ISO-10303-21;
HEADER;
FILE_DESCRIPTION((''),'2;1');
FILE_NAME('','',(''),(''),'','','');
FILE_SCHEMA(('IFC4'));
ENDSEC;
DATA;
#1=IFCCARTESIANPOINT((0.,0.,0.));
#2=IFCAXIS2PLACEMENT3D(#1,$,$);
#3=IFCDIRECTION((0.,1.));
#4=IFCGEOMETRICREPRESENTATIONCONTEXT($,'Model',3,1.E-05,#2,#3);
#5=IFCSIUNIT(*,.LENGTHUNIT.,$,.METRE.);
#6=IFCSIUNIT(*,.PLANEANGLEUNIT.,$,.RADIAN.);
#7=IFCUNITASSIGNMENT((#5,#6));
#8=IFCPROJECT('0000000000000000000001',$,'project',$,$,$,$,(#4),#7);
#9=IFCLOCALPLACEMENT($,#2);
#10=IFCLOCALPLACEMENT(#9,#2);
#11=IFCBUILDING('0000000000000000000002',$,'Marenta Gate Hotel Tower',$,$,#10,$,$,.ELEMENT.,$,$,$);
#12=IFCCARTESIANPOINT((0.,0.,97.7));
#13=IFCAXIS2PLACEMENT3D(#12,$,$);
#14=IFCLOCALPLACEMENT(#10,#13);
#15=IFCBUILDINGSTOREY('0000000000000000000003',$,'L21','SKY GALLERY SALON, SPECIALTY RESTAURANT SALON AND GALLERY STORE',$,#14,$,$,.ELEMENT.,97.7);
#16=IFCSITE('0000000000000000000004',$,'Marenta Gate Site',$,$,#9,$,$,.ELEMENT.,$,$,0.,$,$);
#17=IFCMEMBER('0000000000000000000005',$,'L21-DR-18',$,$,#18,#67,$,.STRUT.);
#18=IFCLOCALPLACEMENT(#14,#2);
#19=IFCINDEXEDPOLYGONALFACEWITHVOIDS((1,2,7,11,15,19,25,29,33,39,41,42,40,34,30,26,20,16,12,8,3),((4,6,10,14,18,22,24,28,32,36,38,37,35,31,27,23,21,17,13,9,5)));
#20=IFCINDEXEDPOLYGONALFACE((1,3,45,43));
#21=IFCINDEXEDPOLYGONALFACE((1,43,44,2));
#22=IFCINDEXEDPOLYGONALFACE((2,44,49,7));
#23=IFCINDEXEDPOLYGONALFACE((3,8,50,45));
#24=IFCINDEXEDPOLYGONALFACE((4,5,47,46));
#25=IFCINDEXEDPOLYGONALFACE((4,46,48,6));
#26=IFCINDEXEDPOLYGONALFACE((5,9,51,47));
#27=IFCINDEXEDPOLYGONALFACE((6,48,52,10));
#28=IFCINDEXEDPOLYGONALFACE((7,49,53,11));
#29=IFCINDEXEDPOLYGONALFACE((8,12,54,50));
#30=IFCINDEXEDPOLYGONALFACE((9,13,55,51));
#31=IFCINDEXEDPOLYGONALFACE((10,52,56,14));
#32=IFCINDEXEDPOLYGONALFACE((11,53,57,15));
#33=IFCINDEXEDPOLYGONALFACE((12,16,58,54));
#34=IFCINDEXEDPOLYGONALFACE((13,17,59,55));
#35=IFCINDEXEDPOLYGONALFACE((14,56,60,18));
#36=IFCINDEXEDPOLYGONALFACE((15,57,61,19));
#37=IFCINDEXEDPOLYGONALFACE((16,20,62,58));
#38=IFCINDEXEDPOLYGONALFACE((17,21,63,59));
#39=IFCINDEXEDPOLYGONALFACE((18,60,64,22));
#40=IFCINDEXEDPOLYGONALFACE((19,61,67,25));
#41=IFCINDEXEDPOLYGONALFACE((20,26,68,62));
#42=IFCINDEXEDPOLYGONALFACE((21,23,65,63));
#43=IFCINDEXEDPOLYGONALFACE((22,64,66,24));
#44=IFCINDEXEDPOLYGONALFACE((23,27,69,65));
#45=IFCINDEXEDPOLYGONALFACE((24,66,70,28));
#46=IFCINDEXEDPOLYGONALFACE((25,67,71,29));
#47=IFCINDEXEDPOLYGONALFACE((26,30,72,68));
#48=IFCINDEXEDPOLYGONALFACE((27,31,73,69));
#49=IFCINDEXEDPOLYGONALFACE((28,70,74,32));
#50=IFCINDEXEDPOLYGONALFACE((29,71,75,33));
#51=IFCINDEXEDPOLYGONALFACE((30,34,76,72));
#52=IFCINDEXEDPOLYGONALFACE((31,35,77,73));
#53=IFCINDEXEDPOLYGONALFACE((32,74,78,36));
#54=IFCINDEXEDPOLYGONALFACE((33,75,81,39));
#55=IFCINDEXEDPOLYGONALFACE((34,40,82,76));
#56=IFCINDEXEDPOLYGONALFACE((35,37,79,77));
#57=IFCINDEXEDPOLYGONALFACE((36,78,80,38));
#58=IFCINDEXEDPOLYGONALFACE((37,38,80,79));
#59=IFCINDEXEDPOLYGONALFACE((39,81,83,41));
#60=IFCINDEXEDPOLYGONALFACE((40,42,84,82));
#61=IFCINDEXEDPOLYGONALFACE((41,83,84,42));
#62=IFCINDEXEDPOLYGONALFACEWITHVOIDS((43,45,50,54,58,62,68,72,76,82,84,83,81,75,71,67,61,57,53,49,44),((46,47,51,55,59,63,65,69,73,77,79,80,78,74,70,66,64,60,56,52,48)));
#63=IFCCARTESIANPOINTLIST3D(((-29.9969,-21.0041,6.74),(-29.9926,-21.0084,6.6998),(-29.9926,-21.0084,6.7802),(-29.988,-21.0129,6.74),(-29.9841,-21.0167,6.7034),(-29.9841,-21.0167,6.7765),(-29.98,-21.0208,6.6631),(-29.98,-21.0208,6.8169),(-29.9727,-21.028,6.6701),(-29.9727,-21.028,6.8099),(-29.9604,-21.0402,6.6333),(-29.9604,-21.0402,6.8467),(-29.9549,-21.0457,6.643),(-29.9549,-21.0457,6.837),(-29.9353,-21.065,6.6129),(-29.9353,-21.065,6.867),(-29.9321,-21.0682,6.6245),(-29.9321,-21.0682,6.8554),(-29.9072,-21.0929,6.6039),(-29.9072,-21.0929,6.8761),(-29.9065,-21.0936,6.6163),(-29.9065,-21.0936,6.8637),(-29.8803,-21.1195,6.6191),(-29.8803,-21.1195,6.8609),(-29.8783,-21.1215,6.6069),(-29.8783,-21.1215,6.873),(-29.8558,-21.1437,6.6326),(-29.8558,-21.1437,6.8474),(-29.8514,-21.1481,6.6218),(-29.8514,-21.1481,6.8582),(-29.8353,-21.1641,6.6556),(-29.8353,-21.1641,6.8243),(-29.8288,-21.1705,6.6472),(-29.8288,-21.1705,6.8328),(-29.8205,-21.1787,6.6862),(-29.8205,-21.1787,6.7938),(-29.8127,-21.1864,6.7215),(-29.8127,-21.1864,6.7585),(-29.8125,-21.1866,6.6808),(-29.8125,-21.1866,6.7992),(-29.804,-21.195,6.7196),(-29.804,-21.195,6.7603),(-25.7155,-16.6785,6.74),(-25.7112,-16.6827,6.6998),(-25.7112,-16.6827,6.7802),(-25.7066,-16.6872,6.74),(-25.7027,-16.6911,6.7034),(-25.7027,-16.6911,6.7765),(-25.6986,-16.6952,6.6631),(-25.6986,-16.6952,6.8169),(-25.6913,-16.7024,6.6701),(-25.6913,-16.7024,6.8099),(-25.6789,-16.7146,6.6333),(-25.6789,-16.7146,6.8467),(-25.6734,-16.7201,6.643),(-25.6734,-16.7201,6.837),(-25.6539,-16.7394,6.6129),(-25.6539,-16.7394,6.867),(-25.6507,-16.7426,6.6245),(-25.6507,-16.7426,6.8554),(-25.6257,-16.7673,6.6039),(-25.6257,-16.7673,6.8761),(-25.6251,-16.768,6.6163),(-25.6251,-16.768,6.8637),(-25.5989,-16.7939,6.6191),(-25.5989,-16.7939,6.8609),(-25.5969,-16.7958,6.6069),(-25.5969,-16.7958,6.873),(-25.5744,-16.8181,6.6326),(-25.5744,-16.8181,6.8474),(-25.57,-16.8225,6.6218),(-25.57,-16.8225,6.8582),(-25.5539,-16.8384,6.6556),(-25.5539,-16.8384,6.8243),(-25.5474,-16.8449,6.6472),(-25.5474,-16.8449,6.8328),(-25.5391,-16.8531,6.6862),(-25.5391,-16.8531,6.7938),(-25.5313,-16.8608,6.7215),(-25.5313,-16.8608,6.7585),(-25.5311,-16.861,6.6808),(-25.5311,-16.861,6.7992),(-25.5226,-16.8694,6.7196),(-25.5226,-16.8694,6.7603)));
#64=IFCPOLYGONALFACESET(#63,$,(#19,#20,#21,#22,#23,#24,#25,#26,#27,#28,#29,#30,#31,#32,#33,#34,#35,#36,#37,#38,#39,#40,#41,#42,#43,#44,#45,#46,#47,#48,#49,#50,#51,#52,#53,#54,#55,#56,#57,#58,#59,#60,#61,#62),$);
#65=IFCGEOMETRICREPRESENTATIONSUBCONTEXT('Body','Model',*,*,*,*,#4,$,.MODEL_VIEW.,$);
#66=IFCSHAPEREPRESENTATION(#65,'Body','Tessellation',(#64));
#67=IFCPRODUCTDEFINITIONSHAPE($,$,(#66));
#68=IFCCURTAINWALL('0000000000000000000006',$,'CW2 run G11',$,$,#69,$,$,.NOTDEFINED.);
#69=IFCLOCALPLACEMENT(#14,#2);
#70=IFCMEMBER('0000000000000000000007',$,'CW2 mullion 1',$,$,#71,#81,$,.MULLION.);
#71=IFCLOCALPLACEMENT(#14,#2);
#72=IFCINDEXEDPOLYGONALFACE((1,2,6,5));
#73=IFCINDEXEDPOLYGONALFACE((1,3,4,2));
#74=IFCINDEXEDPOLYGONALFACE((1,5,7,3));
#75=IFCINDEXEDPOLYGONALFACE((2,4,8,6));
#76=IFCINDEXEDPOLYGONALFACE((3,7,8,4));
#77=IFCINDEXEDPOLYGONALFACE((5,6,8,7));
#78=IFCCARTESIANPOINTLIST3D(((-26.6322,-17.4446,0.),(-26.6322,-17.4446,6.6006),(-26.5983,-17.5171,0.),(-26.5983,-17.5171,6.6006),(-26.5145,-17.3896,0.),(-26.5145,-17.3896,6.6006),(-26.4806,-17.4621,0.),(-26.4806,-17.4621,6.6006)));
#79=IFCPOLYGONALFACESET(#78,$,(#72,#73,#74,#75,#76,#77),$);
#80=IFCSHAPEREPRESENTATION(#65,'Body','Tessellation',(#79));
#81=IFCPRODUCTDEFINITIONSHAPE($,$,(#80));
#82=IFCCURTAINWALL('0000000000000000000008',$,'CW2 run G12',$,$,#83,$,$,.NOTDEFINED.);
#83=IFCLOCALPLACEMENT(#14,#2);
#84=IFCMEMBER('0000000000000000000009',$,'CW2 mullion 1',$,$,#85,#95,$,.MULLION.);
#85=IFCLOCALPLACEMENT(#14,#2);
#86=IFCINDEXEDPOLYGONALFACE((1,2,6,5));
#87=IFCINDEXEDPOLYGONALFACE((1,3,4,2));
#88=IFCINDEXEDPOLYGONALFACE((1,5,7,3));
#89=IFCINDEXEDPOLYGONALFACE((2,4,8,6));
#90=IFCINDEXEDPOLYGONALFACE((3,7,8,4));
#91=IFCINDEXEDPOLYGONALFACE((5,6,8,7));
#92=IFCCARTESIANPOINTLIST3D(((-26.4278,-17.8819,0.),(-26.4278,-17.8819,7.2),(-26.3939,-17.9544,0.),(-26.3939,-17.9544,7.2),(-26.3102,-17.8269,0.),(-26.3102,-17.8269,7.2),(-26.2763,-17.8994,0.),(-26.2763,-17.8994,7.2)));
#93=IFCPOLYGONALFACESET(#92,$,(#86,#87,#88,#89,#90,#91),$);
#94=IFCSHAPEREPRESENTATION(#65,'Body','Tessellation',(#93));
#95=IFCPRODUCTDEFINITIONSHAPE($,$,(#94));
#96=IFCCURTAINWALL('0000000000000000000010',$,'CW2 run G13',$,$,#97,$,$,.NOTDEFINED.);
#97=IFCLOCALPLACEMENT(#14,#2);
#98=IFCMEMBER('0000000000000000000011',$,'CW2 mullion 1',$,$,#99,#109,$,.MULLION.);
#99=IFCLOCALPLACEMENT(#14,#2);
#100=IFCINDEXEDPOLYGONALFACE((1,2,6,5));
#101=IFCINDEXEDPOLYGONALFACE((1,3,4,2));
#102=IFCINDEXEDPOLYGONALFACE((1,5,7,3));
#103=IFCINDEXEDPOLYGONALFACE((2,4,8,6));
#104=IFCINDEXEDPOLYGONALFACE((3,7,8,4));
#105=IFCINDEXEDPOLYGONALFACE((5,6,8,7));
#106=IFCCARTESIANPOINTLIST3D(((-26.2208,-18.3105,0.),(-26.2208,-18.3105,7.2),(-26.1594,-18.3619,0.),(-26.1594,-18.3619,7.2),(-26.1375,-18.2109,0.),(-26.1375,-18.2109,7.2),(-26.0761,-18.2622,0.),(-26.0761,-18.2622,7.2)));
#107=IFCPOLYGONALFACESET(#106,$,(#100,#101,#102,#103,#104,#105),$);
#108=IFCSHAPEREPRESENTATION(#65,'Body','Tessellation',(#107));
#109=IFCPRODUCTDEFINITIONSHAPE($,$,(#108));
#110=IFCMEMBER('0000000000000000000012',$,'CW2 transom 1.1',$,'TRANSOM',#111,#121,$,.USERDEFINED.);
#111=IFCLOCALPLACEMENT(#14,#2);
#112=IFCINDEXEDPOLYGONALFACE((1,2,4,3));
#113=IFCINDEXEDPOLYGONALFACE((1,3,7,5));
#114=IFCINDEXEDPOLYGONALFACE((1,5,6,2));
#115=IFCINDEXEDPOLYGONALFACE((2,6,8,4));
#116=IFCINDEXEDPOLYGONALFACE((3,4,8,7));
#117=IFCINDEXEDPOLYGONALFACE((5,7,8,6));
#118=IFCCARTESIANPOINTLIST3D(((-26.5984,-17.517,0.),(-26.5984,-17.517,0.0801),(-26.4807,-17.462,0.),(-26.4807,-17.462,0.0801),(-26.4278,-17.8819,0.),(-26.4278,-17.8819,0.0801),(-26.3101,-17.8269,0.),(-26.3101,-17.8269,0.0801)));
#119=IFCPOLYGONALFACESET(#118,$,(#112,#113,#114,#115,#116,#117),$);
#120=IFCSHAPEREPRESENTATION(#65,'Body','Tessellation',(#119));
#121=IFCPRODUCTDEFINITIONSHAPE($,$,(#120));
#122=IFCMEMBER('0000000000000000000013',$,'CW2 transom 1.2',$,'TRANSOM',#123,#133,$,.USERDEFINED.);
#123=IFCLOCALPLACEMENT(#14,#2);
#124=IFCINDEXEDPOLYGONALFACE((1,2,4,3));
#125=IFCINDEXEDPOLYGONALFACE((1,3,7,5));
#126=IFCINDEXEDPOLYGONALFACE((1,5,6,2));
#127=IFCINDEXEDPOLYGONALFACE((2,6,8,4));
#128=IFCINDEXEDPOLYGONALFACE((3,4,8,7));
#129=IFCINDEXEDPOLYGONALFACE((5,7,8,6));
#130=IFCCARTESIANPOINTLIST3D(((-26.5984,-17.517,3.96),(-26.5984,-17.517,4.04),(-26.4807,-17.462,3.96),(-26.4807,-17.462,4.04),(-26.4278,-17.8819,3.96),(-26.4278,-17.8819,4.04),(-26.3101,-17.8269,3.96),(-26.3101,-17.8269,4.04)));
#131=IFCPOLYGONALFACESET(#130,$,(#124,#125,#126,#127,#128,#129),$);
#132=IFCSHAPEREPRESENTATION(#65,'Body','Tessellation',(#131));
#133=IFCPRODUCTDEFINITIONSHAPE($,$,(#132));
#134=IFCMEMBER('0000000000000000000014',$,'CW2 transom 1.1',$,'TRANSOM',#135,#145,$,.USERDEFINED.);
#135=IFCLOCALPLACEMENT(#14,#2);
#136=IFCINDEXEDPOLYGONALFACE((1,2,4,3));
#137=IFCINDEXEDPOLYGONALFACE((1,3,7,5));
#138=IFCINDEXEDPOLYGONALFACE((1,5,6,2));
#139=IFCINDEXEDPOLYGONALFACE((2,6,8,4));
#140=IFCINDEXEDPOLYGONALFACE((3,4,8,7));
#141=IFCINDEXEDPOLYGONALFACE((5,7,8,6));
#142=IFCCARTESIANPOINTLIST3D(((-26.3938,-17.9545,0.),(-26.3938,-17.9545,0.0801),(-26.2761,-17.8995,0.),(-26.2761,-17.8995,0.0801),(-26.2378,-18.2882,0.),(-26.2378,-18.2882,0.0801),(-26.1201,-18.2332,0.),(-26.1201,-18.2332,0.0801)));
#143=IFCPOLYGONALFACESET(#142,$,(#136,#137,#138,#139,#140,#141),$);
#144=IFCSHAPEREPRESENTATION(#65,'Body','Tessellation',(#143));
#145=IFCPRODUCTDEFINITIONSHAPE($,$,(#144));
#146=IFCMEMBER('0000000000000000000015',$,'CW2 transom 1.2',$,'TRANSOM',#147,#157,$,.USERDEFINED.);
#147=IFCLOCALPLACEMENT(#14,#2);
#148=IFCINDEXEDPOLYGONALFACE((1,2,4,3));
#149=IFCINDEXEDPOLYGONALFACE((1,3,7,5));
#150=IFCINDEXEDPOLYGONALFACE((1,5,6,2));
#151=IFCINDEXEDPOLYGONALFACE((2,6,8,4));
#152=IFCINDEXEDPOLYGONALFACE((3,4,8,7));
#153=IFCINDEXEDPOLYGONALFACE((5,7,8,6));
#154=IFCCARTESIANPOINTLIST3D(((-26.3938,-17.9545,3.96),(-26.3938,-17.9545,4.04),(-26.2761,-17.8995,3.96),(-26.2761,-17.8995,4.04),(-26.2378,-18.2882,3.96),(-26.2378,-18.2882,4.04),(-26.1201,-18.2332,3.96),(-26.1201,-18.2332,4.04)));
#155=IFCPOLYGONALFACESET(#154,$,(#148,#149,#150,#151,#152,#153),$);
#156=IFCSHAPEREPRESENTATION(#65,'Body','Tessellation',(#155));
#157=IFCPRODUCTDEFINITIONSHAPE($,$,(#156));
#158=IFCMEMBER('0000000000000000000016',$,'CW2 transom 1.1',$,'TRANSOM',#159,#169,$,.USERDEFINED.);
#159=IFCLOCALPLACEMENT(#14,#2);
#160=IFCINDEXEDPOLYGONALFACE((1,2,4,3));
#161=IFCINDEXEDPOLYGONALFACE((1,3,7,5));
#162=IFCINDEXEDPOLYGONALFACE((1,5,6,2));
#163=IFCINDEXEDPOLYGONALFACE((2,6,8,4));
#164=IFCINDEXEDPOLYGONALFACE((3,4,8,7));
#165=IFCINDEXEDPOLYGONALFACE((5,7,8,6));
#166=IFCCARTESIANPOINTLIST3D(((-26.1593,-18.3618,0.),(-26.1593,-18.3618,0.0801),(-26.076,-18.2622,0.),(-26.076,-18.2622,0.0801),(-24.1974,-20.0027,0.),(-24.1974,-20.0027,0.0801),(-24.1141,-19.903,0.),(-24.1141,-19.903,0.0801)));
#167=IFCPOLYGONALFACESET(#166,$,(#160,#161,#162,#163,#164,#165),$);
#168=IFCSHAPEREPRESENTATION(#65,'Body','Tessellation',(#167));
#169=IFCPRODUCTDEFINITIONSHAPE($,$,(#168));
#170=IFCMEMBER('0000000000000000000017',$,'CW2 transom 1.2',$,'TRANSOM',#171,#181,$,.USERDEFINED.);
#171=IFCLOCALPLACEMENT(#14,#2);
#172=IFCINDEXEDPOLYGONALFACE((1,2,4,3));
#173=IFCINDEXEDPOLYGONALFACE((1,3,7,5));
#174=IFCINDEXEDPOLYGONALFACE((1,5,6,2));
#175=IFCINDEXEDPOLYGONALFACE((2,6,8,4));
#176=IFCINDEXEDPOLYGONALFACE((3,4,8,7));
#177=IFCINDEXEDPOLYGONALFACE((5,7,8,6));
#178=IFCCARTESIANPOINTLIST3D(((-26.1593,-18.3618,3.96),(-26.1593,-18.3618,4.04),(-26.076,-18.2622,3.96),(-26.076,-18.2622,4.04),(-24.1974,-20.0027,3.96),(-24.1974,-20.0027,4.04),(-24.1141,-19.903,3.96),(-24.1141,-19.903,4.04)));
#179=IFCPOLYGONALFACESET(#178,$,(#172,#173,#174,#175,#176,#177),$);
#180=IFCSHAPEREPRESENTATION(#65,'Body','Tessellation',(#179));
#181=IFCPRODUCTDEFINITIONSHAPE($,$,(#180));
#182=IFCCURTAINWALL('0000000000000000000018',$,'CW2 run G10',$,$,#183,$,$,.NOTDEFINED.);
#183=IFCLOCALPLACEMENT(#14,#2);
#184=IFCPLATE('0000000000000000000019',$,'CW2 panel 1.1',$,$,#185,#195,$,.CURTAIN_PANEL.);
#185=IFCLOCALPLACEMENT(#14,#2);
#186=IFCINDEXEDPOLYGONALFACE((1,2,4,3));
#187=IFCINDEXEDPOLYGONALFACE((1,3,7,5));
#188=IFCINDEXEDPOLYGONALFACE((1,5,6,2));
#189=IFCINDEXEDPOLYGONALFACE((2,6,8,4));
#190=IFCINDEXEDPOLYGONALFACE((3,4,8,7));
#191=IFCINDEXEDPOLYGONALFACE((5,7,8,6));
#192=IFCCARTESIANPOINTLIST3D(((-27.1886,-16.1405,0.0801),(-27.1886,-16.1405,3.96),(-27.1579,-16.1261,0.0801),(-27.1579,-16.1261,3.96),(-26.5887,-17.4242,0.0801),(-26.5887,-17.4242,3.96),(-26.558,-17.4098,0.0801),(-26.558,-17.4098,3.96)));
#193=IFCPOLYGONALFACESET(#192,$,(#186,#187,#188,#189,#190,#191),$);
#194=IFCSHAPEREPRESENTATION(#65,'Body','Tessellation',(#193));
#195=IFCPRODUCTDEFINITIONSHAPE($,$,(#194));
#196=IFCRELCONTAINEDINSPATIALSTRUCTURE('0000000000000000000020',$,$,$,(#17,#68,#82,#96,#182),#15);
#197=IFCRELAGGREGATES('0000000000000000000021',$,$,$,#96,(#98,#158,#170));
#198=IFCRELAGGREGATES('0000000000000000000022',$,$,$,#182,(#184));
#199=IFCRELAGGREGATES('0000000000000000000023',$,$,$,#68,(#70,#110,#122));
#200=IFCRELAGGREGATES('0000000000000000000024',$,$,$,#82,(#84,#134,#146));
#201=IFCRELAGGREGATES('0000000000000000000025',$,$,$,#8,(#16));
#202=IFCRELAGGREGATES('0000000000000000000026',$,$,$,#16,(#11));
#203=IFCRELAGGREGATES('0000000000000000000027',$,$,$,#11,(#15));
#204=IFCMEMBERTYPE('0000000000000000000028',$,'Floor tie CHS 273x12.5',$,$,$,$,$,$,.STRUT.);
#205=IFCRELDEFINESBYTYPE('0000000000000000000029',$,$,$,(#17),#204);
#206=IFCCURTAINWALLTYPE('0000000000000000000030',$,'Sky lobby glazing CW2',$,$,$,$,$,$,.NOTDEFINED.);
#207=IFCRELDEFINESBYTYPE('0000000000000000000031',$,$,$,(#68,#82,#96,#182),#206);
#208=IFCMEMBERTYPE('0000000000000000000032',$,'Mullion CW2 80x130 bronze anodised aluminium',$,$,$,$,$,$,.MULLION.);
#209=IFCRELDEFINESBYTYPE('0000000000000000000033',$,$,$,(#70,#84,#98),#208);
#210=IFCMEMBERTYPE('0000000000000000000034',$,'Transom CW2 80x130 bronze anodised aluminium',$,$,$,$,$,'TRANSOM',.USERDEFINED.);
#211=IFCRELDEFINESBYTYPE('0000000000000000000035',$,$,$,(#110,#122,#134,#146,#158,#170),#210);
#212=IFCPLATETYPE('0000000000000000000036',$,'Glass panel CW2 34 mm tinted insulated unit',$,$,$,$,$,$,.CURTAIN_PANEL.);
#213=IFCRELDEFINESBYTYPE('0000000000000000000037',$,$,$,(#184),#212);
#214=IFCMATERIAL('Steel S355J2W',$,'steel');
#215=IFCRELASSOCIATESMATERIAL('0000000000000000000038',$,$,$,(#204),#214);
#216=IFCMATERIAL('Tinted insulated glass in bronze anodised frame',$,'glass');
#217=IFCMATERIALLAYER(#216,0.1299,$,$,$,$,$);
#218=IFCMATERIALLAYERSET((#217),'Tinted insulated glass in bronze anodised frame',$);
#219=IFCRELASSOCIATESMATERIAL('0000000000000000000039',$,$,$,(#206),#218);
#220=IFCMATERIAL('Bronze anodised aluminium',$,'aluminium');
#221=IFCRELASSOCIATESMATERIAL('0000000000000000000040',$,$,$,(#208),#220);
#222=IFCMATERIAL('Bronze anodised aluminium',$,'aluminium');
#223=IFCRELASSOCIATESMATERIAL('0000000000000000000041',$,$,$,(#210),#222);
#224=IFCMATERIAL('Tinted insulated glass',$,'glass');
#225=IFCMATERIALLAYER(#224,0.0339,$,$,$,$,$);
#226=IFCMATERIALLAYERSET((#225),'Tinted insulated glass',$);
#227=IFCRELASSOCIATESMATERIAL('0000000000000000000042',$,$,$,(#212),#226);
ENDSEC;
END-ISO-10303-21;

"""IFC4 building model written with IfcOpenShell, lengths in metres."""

from ifc_helpers import new_model, si_unit, direction, frame, origin, origin_2d, place, context, subcontext, project, spatial, rectangle, hollow_circle, extrude, material, layer, layer_set, material_profile, profile_set, type_object, element, aggregate, save


model = new_model("IFC4")

# Units and contexts
model_context = context("Model", 3, precision=1e-05, world=origin(), true_north=direction((0.0, 1.0)))
body_context = subcontext(model_context, "Body", "Model", "MODEL_VIEW")
ifc_project = project(units=[si_unit("LENGTHUNIT", "METRE"), si_unit("PLANEANGLEUNIT", "RADIAN")], contexts=[model_context])

# Site, building, storey
site_placement = place(None, origin())
site = spatial("IfcSite", under=ifc_project, at=site_placement, Name="Marenta Gate Site", CompositionType="ELEMENT", RefElevation=0.0)
building_placement = place(site_placement, origin())
building = spatial("IfcBuilding", under=site, at=building_placement, Name="Marenta Gate Hotel Tower", CompositionType="ELEMENT")
storey_placement = place(building_placement, frame((0.0, 0.0, 97.7)))
storey = spatial("IfcBuildingStorey", under=building, at=storey_placement, Name="L21", Description="SKY GALLERY SALON, SPECIALTY RESTAURANT SALON AND GALLERY STORE", CompositionType="ELEMENT", Elevation=97.7)

# Member
ifc_material_1 = material(Name="Steel S355J2W", Category="steel")
ifc_material_profile_1 = material_profile(ifc_material_1, hollow_circle(Radius=0.1365, WallThickness=0.0125, at=origin_2d()), Name="CHS 273x12.5")
ifc_profile_set_1 = profile_set([ifc_material_profile_1], Name="Steel S355J2W")
member_type_1 = type_object("IfcMemberType", Name="Floor tie CHS 273x12.5", PredefinedType="STRUT", material=ifc_profile_set_1)
member_1_placement = place(storey_placement, frame((-29.8999, -21.1001, 6.74), z_axis=(0.703467, 0.710728, 0.0), x_axis=(-0.710728, 0.703467, 0.0)))
element("IfcMember", 1, at=member_1_placement, inside=storey, type_object=member_type_1, Name="L21-DR-18", PredefinedType="STRUT", context=body_context, shape_type="SweptSolid", body=[
    extrude(hollow_circle(Radius=0.1365, WallThickness=0.0125, at=origin_2d()), origin(), (0.0, 0.0, 1.0), 6.0862),
])

# Curtain walls, members
ifc_material_2 = material(Name="Tinted insulated glass in bronze anodised frame", Category="glass")
ifc_layer_1 = layer(ifc_material_2, 0.1299)
ifc_layer_set_1 = layer_set([ifc_layer_1], Name="Tinted insulated glass in bronze anodised frame")
curtain_wall_type = type_object("IfcCurtainWallType", Name="Sky lobby glazing CW2", PredefinedType="NOTDEFINED", material=ifc_layer_set_1)
curtain_wall_1_placement = place(storey_placement, origin())
curtain_wall_1 = element("IfcCurtainWall", 2, at=curtain_wall_1_placement, inside=storey, type_object=curtain_wall_type, Name="CW2 run G11", PredefinedType="NOTDEFINED")
ifc_material_3 = material(Name="Bronze anodised aluminium", Category="aluminium")
ifc_material_profile_2 = material_profile(ifc_material_3, rectangle(XDim=0.1299, YDim=0.0801, at=origin_2d()), Name="Mullion CW2 80x130 bronze anodised aluminium")
ifc_profile_set_2 = profile_set([ifc_material_profile_2], Name="Bronze anodised aluminium")
member_type_2 = type_object("IfcMemberType", Name="Mullion CW2 80x130 bronze anodised aluminium", PredefinedType="MULLION", material=ifc_profile_set_2)
member_2_placement = place(storey_placement, frame((-26.5564, -17.4534, 0.0), z_axis=(0.0, 0.0, 1.0), x_axis=(0.905961, 0.423362, 0.0)))
member_2 = element("IfcMember", 3, at=member_2_placement, type_object=member_type_2, Name="CW2 mullion 1", PredefinedType="MULLION", context=body_context, shape_type="SweptSolid", body=[
    extrude(rectangle(XDim=0.1299, YDim=0.0801, at=origin_2d()), origin(), (0.0, 0.0, 1.0), 6.6006),
])
curtain_wall_2_placement = place(storey_placement, origin())
curtain_wall_2 = element("IfcCurtainWall", 4, at=curtain_wall_2_placement, inside=storey, type_object=curtain_wall_type, Name="CW2 run G12", PredefinedType="NOTDEFINED")
member_3_placement = place(storey_placement, frame((-26.3521, -17.8906, 0.0), z_axis=(0.0, 0.0, 1.0), x_axis=(0.905892, 0.423508, 0.0)))
member_3 = element("IfcMember", 5, at=member_3_placement, type_object=member_type_2, Name="CW2 mullion 1", PredefinedType="MULLION", context=body_context, shape_type="SweptSolid", body=[
    extrude(rectangle(XDim=0.1299, YDim=0.0801, at=origin_2d()), origin(), (0.0, 0.0, 1.0), 7.2),
])
curtain_wall_3_placement = place(storey_placement, origin())
curtain_wall_3 = element("IfcCurtainWall", 6, at=curtain_wall_3_placement, inside=storey, type_object=curtain_wall_type, Name="CW2 run G13", PredefinedType="NOTDEFINED")
member_4_placement = place(storey_placement, frame((-26.1484, -18.2864, 0.0), z_axis=(0.0, 0.0, 1.0), x_axis=(0.64153, 0.767098, 0.0)))
member_4 = element("IfcMember", 7, at=member_4_placement, type_object=member_type_2, Name="CW2 mullion 1", PredefinedType="MULLION", context=body_context, shape_type="SweptSolid", body=[
    extrude(rectangle(XDim=0.1299, YDim=0.0801, at=origin_2d()), origin(), (0.0, 0.0, 1.0), 7.2),
])

# Members
ifc_material_4 = material(Name="Bronze anodised aluminium", Category="aluminium")
ifc_material_profile_3 = material_profile(ifc_material_4, rectangle(XDim=0.1299, YDim=0.0801, at=origin_2d()), Name="Transom CW2 80x130 bronze anodised aluminium")
ifc_profile_set_3 = profile_set([ifc_material_profile_3], Name="Bronze anodised aluminium")
member_type_3 = type_object("IfcMemberType", Name="Transom CW2 80x130 bronze anodised aluminium", ElementType="TRANSOM", PredefinedType="USERDEFINED", material=ifc_profile_set_3)
member_5_placement = place(storey_placement, frame((-26.5396, -17.4895, 0.04), z_axis=(0.423549, -0.905873, 0.0), x_axis=(0.905873, 0.423549, 0.0)))
member_5 = element("IfcMember", 8, at=member_5_placement, type_object=member_type_3, Name="CW2 transom 1.1", ObjectType="TRANSOM", PredefinedType="USERDEFINED", context=body_context, shape_type="SweptSolid", body=[
    extrude(rectangle(XDim=0.1299, YDim=0.0801, at=origin_2d()), origin(), (0.0, 0.0, 1.0), 0.4028),
])
member_6_placement = place(storey_placement, frame((-26.5396, -17.4895, 4.0), z_axis=(0.423549, -0.905873, 0.0), x_axis=(0.905873, 0.423549, 0.0)))
member_6 = element("IfcMember", 9, at=member_6_placement, type_object=member_type_3, Name="CW2 transom 1.2", ObjectType="TRANSOM", PredefinedType="USERDEFINED", context=body_context, shape_type="SweptSolid", body=[
    extrude(rectangle(XDim=0.1299, YDim=0.0801, at=origin_2d()), origin(), (0.0, 0.0, 1.0), 0.4028),
])
member_7_placement = place(storey_placement, frame((-26.335, -17.927, 0.04), z_axis=(0.423466, -0.905912, 0.0), x_axis=(0.905912, 0.423466, 0.0)))
member_7 = element("IfcMember", 10, at=member_7_placement, type_object=member_type_3, Name="CW2 transom 1.1", ObjectType="TRANSOM", PredefinedType="USERDEFINED", context=body_context, shape_type="SweptSolid", body=[
    extrude(rectangle(XDim=0.1299, YDim=0.0801, at=origin_2d()), origin(), (0.0, 0.0, 1.0), 0.3684),
])
member_8_placement = place(storey_placement, frame((-26.335, -17.927, 4.0), z_axis=(0.423466, -0.905912, 0.0), x_axis=(0.905912, 0.423466, 0.0)))
member_8 = element("IfcMember", 11, at=member_8_placement, type_object=member_type_3, Name="CW2 transom 1.2", ObjectType="TRANSOM", PredefinedType="USERDEFINED", context=body_context, shape_type="SweptSolid", body=[
    extrude(rectangle(XDim=0.1299, YDim=0.0801, at=origin_2d()), origin(), (0.0, 0.0, 1.0), 0.3684),
])
member_9_placement = place(storey_placement, frame((-26.1177, -18.312, 0.04), z_axis=(0.767078, -0.641554, 0.0), x_axis=(0.641554, 0.767078, 0.0)))
member_9 = element("IfcMember", 12, at=member_9_placement, type_object=member_type_3, Name="CW2 transom 1.1", ObjectType="TRANSOM", PredefinedType="USERDEFINED", context=body_context, shape_type="SweptSolid", body=[
    extrude(rectangle(XDim=0.1299, YDim=0.0801, at=origin_2d()), origin(), (0.0, 0.0, 1.0), 2.5576),
])
member_10_placement = place(storey_placement, frame((-26.1177, -18.312, 4.0), z_axis=(0.767078, -0.641554, 0.0), x_axis=(0.641554, 0.767078, 0.0)))
member_10 = element("IfcMember", 13, at=member_10_placement, type_object=member_type_3, Name="CW2 transom 1.2", ObjectType="TRANSOM", PredefinedType="USERDEFINED", context=body_context, shape_type="SweptSolid", body=[
    extrude(rectangle(XDim=0.1299, YDim=0.0801, at=origin_2d()), origin(), (0.0, 0.0, 1.0), 2.5576),
])
aggregate(curtain_wall_3, [member_4, member_9, member_10])

# Curtain wall, plate
curtain_wall_4_placement = place(storey_placement, origin())
curtain_wall_4 = element("IfcCurtainWall", 14, at=curtain_wall_4_placement, inside=storey, type_object=curtain_wall_type, Name="CW2 run G10", PredefinedType="NOTDEFINED")
ifc_material_5 = material(Name="Tinted insulated glass", Category="glass")
ifc_layer_2 = layer(ifc_material_5, 0.0339)
ifc_layer_set_2 = layer_set([ifc_layer_2], Name="Tinted insulated glass")
plate_type = type_object("IfcPlateType", Name="Glass panel CW2 34 mm tinted insulated unit", PredefinedType="CURTAIN_PANEL", material=ifc_layer_set_2)
plate_1_placement = place(storey_placement, frame((-26.8733, -16.7751, 0.0801), z_axis=(0.0, 0.0, 1.0), x_axis=(0.423357, -0.905963, 0.0)))
plate_1 = element("IfcPlate", 15, at=plate_1_placement, type_object=plate_type, Name="CW2 panel 1.1", PredefinedType="CURTAIN_PANEL", context=body_context, shape_type="SweptSolid", body=[
    extrude(rectangle(XDim=1.417, YDim=0.0339, at=origin_2d()), origin(), (0.0, 0.0, 1.0), 3.8799),
])
aggregate(curtain_wall_4, [plate_1])

aggregate(curtain_wall_1, [member_2, member_5, member_6])
aggregate(curtain_wall_2, [member_3, member_7, member_8])

save(model, "model.ifc")
